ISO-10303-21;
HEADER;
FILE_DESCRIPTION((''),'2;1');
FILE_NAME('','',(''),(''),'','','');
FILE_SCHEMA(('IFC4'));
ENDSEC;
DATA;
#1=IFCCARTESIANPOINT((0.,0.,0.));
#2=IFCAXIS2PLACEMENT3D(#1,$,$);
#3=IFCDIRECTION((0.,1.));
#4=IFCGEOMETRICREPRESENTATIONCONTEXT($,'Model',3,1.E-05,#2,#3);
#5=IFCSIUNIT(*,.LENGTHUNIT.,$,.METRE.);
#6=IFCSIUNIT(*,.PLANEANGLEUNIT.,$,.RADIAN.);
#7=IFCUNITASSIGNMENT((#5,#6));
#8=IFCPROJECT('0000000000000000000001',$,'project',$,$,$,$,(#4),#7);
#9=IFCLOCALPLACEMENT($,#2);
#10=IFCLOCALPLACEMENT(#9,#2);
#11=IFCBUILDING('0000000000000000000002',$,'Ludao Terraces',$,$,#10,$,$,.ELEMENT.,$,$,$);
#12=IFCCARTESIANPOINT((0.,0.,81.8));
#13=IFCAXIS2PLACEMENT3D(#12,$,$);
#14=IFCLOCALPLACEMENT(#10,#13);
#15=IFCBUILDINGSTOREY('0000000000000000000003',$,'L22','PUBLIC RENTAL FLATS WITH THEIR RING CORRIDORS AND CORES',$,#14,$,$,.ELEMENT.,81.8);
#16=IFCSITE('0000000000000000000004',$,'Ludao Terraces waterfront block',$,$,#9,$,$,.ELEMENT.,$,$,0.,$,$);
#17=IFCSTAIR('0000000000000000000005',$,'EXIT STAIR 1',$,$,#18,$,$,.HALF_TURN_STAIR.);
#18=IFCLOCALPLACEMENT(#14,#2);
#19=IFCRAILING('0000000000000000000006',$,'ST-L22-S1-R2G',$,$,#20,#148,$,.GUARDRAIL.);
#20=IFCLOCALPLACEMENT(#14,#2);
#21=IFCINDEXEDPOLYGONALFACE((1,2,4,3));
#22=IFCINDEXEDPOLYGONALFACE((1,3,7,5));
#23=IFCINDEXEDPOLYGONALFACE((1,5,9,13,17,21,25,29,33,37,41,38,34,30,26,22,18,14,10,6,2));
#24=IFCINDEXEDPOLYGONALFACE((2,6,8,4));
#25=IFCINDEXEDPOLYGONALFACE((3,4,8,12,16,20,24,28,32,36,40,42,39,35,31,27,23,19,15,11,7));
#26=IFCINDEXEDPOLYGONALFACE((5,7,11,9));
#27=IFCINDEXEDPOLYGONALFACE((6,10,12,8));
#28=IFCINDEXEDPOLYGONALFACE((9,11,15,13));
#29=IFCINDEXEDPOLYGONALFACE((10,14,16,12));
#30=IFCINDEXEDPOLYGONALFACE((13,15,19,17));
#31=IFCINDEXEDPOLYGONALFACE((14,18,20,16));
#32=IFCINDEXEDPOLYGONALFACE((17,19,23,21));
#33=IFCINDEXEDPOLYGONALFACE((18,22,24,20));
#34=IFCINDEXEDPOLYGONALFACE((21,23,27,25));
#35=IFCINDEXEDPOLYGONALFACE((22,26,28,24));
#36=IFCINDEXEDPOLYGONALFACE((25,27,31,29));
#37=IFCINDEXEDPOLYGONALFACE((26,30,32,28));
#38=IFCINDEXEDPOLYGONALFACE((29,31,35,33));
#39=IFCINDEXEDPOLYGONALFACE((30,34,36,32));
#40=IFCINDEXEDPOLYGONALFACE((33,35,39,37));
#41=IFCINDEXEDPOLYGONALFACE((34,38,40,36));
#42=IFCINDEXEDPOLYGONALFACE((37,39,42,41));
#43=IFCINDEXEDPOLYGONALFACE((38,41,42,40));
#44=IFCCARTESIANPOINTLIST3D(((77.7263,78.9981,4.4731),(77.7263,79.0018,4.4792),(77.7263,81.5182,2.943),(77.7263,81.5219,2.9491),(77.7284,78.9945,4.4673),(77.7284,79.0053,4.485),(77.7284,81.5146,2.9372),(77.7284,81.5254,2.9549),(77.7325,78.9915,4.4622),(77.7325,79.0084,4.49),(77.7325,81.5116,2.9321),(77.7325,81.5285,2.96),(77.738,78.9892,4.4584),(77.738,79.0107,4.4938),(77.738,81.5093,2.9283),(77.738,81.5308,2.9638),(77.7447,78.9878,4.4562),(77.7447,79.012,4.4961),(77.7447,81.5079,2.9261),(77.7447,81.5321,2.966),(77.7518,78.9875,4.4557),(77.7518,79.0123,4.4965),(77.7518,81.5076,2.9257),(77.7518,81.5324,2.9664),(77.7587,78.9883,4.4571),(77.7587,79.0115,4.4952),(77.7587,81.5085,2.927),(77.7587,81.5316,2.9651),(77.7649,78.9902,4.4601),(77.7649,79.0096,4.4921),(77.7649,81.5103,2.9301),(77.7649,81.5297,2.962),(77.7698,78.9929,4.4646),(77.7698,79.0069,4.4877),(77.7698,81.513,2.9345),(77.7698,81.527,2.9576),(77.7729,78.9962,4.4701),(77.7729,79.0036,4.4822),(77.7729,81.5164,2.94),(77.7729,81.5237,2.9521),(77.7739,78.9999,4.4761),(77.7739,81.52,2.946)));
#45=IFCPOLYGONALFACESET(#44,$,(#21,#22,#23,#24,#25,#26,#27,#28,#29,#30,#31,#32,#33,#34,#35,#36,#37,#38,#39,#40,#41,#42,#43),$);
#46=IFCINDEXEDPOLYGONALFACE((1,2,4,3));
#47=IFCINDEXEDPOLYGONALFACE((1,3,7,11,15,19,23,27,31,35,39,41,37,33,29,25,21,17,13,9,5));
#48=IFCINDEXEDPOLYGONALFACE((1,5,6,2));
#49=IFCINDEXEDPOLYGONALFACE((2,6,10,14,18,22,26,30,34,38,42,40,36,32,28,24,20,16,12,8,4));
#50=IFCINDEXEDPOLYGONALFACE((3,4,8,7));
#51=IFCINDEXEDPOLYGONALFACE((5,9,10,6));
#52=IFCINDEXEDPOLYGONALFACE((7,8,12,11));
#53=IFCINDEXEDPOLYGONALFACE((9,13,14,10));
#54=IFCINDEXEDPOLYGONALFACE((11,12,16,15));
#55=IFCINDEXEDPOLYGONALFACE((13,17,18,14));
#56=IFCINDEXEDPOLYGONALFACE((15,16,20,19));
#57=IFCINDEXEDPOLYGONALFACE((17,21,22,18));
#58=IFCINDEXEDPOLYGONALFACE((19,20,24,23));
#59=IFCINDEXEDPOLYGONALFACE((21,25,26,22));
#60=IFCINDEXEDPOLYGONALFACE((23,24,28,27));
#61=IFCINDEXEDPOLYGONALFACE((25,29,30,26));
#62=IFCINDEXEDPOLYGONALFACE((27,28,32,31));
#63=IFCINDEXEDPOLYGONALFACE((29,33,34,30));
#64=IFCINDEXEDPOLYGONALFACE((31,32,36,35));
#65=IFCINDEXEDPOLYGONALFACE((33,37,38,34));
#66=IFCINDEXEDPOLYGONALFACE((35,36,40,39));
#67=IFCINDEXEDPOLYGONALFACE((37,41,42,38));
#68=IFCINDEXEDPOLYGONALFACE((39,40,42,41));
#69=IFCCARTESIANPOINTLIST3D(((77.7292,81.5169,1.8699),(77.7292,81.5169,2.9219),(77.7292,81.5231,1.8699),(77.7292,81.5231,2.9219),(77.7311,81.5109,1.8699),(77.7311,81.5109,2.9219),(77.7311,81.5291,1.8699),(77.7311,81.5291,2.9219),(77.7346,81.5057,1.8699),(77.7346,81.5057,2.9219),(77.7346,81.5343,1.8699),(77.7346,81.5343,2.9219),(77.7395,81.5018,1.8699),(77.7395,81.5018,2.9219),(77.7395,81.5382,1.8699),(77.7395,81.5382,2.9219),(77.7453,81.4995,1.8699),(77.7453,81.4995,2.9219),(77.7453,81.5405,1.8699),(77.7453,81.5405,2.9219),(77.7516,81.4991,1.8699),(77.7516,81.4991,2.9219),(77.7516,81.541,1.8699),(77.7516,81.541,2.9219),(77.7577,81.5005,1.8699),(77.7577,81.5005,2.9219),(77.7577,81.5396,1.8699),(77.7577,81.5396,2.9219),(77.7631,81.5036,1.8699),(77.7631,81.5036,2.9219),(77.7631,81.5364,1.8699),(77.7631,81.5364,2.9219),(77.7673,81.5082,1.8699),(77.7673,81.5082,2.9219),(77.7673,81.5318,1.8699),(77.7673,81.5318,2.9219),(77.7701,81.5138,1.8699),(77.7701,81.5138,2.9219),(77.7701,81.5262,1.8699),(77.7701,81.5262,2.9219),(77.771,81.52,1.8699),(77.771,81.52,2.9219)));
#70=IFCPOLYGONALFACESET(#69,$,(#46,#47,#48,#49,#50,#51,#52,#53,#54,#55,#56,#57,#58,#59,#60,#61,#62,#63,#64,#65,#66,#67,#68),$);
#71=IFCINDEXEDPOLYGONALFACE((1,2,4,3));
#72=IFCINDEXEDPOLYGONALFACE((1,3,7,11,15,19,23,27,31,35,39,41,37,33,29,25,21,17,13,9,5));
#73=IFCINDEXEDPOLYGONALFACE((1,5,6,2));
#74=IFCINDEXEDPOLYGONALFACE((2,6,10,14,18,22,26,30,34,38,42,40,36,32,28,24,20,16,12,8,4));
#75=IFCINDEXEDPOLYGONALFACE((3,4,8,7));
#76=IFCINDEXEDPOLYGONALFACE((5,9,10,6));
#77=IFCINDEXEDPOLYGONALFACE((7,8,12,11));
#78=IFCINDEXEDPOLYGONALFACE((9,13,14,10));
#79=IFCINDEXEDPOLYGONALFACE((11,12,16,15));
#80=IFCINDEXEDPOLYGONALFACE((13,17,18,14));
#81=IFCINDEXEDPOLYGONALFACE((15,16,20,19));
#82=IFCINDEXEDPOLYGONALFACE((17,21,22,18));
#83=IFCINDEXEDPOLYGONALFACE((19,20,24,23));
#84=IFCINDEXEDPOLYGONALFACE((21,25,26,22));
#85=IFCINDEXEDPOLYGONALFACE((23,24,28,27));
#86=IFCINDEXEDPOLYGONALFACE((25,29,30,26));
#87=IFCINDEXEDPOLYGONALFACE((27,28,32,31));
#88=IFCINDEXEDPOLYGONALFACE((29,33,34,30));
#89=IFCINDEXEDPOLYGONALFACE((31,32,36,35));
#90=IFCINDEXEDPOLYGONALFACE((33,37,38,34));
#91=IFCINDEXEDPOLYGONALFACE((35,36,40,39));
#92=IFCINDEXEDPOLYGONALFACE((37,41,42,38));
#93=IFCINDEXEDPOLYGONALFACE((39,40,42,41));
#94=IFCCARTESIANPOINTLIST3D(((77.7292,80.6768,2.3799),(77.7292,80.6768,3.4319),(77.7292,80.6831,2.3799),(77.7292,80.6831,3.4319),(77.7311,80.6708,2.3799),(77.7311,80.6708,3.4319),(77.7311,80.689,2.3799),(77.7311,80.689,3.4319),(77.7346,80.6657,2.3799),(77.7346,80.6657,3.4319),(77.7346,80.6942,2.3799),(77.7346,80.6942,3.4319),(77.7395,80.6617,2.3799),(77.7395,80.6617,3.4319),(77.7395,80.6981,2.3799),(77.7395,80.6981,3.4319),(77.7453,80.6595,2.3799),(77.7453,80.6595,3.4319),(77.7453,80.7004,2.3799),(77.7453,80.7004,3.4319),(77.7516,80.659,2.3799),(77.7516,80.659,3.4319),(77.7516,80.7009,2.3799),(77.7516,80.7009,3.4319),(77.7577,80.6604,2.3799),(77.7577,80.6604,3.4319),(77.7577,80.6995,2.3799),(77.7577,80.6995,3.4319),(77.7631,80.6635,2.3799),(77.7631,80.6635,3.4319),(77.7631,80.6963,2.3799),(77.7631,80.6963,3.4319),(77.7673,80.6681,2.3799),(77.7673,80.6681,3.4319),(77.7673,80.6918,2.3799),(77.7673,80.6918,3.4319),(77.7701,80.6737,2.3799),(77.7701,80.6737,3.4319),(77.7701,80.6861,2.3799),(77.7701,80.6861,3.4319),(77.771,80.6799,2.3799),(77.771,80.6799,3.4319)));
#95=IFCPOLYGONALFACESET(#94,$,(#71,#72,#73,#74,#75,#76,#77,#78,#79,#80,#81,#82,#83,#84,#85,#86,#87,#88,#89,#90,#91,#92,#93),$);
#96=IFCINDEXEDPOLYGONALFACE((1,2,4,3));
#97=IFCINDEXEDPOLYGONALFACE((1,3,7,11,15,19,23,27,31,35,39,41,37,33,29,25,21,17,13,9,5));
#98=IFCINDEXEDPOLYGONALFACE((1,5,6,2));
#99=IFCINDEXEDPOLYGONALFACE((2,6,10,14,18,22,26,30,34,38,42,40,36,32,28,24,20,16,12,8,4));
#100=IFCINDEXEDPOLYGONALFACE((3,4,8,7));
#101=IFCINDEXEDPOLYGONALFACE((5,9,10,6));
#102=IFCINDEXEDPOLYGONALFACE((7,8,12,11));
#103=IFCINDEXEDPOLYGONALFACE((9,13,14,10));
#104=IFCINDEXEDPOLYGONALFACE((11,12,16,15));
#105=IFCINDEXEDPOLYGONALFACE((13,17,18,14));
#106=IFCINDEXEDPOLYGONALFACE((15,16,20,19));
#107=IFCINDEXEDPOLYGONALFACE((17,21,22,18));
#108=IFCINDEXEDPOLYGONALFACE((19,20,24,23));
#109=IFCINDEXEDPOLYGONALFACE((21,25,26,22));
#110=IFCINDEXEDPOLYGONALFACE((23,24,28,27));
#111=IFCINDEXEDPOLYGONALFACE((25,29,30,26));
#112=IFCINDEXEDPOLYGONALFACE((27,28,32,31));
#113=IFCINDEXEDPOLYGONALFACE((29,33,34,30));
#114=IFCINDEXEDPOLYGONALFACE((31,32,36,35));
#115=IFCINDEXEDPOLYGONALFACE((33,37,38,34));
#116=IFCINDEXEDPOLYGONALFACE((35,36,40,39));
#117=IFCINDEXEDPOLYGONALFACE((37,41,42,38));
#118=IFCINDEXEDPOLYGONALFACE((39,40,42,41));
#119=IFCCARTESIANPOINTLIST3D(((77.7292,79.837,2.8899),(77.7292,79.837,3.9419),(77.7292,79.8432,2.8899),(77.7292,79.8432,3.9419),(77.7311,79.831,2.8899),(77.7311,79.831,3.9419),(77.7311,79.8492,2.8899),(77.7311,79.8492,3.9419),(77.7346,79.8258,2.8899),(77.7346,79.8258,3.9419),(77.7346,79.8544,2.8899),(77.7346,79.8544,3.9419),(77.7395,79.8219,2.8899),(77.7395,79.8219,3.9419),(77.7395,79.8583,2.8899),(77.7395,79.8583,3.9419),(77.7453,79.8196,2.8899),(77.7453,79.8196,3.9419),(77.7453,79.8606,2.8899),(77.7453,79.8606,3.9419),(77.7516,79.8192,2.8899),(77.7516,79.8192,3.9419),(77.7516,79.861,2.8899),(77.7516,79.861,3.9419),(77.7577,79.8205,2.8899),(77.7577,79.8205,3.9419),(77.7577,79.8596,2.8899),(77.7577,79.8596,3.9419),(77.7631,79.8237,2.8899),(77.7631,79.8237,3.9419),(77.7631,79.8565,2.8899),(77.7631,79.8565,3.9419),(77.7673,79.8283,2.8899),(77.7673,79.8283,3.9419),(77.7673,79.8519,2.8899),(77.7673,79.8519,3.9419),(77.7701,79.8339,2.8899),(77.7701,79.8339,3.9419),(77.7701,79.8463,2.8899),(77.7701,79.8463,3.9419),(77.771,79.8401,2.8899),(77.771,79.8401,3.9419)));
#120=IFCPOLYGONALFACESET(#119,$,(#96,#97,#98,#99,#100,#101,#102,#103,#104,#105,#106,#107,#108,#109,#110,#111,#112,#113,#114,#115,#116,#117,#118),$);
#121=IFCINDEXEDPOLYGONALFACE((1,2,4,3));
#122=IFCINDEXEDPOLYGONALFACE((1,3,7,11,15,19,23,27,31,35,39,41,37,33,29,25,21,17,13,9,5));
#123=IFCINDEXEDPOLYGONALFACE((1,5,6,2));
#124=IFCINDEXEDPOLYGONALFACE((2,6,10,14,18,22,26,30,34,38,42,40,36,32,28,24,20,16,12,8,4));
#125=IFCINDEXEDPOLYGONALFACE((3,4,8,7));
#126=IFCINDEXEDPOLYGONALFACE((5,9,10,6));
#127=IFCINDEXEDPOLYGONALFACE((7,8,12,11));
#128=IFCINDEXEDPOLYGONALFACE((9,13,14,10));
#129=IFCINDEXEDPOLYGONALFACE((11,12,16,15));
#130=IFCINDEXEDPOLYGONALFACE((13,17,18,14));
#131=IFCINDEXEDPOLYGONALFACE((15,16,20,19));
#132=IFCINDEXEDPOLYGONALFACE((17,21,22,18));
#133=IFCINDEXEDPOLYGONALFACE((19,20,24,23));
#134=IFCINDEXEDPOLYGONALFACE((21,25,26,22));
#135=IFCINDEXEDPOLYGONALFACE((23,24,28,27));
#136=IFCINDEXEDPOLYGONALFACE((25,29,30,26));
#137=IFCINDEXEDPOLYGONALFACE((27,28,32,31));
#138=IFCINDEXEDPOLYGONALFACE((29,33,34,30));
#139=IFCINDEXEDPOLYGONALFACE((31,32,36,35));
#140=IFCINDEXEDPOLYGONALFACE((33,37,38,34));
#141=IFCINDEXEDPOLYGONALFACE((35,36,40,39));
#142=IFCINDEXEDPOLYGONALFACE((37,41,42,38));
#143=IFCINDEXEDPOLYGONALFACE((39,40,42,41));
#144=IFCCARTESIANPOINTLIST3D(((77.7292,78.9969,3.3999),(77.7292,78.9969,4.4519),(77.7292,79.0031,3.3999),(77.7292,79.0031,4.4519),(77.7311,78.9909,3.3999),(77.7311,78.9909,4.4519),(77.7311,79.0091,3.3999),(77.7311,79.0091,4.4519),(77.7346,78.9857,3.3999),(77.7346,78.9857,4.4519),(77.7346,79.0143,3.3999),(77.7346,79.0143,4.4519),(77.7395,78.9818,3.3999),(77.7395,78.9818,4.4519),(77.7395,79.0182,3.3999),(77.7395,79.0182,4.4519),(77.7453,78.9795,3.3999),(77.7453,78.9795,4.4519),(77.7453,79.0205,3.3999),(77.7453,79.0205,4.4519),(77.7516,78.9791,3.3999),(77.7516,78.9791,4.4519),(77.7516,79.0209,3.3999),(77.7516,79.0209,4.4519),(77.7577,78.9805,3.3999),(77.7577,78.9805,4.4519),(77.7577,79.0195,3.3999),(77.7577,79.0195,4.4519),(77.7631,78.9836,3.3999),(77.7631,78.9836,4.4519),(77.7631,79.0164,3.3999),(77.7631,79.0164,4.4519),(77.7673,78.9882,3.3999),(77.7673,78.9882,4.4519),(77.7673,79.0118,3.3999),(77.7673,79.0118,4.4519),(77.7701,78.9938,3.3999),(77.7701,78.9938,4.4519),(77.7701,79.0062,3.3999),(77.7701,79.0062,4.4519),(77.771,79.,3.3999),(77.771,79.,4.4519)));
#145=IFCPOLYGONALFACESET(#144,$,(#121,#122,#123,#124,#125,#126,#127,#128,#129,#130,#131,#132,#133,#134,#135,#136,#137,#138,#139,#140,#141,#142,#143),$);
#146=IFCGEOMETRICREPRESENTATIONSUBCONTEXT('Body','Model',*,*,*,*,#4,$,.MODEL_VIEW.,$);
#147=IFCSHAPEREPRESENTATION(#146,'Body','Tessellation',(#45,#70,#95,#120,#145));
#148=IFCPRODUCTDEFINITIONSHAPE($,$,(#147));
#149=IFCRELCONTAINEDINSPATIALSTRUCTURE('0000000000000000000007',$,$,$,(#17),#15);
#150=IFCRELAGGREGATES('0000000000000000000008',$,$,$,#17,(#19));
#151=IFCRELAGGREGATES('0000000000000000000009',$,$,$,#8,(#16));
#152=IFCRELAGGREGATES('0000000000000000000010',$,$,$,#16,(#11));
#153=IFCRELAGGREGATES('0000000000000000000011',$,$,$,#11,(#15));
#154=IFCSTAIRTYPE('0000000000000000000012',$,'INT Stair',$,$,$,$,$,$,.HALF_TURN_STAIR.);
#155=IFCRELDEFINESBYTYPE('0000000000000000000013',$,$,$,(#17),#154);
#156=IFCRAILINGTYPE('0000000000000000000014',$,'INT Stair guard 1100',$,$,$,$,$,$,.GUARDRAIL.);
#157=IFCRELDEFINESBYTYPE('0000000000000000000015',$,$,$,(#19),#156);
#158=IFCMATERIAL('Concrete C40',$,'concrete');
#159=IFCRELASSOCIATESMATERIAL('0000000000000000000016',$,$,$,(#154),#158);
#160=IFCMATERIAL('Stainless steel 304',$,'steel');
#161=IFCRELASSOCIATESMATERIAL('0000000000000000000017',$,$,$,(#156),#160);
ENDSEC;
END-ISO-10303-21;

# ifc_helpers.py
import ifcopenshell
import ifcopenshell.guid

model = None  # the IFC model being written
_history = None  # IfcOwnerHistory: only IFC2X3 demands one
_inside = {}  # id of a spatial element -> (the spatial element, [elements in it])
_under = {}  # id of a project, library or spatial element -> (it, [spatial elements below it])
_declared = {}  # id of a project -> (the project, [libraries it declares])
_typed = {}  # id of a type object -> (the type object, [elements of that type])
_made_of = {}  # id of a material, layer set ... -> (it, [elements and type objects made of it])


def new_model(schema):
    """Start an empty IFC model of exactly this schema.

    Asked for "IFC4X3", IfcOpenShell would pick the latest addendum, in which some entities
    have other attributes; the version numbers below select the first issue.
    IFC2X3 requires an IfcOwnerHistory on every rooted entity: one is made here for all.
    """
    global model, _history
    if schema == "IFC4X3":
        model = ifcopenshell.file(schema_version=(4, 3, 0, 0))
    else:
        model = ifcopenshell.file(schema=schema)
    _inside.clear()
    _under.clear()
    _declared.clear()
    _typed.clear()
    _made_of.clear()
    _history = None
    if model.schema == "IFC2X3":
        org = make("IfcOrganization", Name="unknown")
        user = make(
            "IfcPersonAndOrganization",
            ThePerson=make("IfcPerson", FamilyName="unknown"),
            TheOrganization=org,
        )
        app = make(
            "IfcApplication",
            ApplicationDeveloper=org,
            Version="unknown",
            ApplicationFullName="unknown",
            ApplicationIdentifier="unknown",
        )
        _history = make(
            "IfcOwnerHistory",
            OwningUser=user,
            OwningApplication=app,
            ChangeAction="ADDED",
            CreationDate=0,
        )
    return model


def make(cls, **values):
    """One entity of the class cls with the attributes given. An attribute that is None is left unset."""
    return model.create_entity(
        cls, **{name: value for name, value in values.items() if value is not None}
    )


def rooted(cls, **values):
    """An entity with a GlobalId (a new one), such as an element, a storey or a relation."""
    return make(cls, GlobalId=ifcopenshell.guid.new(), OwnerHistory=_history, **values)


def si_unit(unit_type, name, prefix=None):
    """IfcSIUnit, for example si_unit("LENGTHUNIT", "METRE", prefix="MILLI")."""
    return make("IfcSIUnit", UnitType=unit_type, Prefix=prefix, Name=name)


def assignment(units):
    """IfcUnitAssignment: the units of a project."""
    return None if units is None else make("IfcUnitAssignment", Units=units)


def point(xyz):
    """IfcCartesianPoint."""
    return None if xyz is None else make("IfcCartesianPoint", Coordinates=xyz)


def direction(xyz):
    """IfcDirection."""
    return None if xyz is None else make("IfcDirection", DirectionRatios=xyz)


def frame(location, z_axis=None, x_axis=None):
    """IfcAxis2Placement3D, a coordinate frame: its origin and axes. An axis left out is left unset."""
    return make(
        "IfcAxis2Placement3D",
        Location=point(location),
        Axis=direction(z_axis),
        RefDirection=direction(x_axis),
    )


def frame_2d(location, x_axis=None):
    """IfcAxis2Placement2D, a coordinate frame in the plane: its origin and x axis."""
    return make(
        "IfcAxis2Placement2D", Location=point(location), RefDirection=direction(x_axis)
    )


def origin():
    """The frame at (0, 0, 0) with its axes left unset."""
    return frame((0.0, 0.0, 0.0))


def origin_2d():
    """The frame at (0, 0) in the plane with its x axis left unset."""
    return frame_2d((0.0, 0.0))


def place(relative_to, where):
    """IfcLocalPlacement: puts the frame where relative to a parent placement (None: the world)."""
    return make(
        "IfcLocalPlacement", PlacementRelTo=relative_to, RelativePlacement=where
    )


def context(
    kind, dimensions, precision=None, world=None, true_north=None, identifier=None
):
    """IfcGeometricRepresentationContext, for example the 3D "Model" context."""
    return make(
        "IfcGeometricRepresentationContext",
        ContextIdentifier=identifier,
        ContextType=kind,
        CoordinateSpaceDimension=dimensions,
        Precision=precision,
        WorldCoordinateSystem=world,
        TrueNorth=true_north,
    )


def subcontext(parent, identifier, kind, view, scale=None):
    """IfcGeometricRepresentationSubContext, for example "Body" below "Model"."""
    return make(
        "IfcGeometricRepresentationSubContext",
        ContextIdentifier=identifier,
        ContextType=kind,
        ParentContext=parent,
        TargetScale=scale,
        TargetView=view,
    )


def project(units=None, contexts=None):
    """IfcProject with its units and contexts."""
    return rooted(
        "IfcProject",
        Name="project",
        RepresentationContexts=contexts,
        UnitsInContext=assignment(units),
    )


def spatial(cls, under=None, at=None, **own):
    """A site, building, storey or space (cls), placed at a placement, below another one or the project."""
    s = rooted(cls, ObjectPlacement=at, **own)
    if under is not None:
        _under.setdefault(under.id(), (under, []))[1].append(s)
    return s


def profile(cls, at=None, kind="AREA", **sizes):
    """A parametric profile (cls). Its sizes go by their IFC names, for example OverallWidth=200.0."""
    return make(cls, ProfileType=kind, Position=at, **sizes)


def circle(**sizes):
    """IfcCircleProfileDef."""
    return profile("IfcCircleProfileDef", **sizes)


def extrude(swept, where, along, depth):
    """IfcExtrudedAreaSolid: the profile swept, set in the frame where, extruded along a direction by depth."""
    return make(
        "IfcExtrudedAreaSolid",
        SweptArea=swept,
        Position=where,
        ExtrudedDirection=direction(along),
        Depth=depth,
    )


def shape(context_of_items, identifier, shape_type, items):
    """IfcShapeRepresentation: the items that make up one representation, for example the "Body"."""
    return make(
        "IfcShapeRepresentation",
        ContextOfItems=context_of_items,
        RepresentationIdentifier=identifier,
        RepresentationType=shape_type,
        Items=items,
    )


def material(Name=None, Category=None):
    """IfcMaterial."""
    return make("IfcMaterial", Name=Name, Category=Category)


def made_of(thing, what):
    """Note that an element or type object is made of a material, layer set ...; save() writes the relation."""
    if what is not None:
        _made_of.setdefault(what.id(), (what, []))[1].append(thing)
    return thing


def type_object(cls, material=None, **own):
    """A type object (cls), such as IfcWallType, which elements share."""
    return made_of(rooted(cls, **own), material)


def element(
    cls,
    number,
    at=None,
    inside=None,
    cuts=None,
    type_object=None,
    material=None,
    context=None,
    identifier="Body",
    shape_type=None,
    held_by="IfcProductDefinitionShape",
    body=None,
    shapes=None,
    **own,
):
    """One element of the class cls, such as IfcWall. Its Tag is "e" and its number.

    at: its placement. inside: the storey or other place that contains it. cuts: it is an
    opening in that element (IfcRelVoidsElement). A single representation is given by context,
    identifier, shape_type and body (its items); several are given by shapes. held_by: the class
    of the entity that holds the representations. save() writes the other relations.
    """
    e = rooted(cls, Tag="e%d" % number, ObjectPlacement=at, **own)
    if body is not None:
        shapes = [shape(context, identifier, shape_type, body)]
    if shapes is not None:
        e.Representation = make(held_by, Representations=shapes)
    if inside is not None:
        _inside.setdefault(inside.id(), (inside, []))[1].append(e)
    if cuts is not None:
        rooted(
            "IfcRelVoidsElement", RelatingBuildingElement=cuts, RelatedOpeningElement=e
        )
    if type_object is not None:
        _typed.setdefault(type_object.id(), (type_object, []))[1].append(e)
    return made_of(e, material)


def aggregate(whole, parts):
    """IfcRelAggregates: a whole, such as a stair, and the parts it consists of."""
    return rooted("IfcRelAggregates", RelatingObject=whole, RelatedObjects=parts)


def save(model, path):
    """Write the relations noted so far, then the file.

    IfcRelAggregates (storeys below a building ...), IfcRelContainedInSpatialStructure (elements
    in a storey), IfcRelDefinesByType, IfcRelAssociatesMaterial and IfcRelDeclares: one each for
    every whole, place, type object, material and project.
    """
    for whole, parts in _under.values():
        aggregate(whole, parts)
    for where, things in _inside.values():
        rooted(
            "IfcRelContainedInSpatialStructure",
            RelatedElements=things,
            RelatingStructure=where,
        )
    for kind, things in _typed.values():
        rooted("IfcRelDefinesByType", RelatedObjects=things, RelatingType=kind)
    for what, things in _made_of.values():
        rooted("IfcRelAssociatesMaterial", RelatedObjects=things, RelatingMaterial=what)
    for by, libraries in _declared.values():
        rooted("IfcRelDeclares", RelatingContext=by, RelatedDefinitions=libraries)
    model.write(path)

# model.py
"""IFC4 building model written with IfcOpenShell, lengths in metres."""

from ifc_helpers import new_model, si_unit, direction, frame, origin, origin_2d, place, context, subcontext, project, spatial, circle, extrude, material, type_object, element, aggregate, save


model = new_model("IFC4")

# Units and contexts
model_context = context("Model", 3, precision=1e-05, world=origin(), true_north=direction((0.0, 1.0)))
body_context = subcontext(model_context, "Body", "Model", "MODEL_VIEW")
ifc_project = project(units=[si_unit("LENGTHUNIT", "METRE"), si_unit("PLANEANGLEUNIT", "RADIAN")], contexts=[model_context])

# Site, building, storey
site_placement = place(None, origin())
site = spatial("IfcSite", under=ifc_project, at=site_placement, Name="Ludao Terraces waterfront block", CompositionType="ELEMENT", RefElevation=0.0)
building_placement = place(site_placement, origin())
building = spatial("IfcBuilding", under=site, at=building_placement, Name="Ludao Terraces", CompositionType="ELEMENT")
storey_placement = place(building_placement, frame((0.0, 0.0, 81.8)))
storey = spatial("IfcBuildingStorey", under=building, at=storey_placement, Name="L22", Description="PUBLIC RENTAL FLATS WITH THEIR RING CORRIDORS AND CORES", CompositionType="ELEMENT", Elevation=81.8)

# Shared definitions
ifc_material_1 = material(Name="Stainless steel 304", Category="steel")

# Stair, railing
ifc_material_2 = material(Name="Concrete C40", Category="concrete")
stair_type = type_object("IfcStairType", Name="INT Stair", PredefinedType="HALF_TURN_STAIR", material=ifc_material_2)
stair_placement = place(storey_placement, origin())
stair = element("IfcStair", 1, at=stair_placement, inside=storey, type_object=stair_type, Name="EXIT STAIR 1", PredefinedType="HALF_TURN_STAIR")
railing_type_1 = type_object("IfcRailingType", Name="INT Stair guard 1100", PredefinedType="GUARDRAIL", material=ifc_material_1)
railing_1_placement = place(storey_placement, frame((77.75, 81.52, 1.8699)))
railing_1 = element("IfcRailing", 2, at=railing_1_placement, type_object=railing_type_1, Name="ST-L22-S1-R2G", PredefinedType="GUARDRAIL", context=body_context, shape_type="SweptSolid", body=[
    extrude(circle(Radius=0.0239, at=origin_2d()), frame((0.0, 0.0, 1.0762), z_axis=(0.0, -0.854785, 0.518982), x_axis=(1.0, 0.0, 0.0)), (0.0, 0.0, 1.0), 2.9482),
    extrude(circle(Radius=0.021, at=origin_2d()), origin(), (0.0, 0.0, 1.0), 1.052),
    extrude(circle(Radius=0.021, at=origin_2d()), frame((0.0, -0.8401, 0.51)), (0.0, 0.0, 1.0), 1.052),
    extrude(circle(Radius=0.021, at=origin_2d()), frame((0.0, -1.6799, 1.02)), (0.0, 0.0, 1.0), 1.052),
    extrude(circle(Radius=0.021, at=origin_2d()), frame((0.0, -2.52, 1.53)), (0.0, 0.0, 1.0), 1.052),
])
aggregate(stair, [railing_1])

save(model, "model.ifc")
